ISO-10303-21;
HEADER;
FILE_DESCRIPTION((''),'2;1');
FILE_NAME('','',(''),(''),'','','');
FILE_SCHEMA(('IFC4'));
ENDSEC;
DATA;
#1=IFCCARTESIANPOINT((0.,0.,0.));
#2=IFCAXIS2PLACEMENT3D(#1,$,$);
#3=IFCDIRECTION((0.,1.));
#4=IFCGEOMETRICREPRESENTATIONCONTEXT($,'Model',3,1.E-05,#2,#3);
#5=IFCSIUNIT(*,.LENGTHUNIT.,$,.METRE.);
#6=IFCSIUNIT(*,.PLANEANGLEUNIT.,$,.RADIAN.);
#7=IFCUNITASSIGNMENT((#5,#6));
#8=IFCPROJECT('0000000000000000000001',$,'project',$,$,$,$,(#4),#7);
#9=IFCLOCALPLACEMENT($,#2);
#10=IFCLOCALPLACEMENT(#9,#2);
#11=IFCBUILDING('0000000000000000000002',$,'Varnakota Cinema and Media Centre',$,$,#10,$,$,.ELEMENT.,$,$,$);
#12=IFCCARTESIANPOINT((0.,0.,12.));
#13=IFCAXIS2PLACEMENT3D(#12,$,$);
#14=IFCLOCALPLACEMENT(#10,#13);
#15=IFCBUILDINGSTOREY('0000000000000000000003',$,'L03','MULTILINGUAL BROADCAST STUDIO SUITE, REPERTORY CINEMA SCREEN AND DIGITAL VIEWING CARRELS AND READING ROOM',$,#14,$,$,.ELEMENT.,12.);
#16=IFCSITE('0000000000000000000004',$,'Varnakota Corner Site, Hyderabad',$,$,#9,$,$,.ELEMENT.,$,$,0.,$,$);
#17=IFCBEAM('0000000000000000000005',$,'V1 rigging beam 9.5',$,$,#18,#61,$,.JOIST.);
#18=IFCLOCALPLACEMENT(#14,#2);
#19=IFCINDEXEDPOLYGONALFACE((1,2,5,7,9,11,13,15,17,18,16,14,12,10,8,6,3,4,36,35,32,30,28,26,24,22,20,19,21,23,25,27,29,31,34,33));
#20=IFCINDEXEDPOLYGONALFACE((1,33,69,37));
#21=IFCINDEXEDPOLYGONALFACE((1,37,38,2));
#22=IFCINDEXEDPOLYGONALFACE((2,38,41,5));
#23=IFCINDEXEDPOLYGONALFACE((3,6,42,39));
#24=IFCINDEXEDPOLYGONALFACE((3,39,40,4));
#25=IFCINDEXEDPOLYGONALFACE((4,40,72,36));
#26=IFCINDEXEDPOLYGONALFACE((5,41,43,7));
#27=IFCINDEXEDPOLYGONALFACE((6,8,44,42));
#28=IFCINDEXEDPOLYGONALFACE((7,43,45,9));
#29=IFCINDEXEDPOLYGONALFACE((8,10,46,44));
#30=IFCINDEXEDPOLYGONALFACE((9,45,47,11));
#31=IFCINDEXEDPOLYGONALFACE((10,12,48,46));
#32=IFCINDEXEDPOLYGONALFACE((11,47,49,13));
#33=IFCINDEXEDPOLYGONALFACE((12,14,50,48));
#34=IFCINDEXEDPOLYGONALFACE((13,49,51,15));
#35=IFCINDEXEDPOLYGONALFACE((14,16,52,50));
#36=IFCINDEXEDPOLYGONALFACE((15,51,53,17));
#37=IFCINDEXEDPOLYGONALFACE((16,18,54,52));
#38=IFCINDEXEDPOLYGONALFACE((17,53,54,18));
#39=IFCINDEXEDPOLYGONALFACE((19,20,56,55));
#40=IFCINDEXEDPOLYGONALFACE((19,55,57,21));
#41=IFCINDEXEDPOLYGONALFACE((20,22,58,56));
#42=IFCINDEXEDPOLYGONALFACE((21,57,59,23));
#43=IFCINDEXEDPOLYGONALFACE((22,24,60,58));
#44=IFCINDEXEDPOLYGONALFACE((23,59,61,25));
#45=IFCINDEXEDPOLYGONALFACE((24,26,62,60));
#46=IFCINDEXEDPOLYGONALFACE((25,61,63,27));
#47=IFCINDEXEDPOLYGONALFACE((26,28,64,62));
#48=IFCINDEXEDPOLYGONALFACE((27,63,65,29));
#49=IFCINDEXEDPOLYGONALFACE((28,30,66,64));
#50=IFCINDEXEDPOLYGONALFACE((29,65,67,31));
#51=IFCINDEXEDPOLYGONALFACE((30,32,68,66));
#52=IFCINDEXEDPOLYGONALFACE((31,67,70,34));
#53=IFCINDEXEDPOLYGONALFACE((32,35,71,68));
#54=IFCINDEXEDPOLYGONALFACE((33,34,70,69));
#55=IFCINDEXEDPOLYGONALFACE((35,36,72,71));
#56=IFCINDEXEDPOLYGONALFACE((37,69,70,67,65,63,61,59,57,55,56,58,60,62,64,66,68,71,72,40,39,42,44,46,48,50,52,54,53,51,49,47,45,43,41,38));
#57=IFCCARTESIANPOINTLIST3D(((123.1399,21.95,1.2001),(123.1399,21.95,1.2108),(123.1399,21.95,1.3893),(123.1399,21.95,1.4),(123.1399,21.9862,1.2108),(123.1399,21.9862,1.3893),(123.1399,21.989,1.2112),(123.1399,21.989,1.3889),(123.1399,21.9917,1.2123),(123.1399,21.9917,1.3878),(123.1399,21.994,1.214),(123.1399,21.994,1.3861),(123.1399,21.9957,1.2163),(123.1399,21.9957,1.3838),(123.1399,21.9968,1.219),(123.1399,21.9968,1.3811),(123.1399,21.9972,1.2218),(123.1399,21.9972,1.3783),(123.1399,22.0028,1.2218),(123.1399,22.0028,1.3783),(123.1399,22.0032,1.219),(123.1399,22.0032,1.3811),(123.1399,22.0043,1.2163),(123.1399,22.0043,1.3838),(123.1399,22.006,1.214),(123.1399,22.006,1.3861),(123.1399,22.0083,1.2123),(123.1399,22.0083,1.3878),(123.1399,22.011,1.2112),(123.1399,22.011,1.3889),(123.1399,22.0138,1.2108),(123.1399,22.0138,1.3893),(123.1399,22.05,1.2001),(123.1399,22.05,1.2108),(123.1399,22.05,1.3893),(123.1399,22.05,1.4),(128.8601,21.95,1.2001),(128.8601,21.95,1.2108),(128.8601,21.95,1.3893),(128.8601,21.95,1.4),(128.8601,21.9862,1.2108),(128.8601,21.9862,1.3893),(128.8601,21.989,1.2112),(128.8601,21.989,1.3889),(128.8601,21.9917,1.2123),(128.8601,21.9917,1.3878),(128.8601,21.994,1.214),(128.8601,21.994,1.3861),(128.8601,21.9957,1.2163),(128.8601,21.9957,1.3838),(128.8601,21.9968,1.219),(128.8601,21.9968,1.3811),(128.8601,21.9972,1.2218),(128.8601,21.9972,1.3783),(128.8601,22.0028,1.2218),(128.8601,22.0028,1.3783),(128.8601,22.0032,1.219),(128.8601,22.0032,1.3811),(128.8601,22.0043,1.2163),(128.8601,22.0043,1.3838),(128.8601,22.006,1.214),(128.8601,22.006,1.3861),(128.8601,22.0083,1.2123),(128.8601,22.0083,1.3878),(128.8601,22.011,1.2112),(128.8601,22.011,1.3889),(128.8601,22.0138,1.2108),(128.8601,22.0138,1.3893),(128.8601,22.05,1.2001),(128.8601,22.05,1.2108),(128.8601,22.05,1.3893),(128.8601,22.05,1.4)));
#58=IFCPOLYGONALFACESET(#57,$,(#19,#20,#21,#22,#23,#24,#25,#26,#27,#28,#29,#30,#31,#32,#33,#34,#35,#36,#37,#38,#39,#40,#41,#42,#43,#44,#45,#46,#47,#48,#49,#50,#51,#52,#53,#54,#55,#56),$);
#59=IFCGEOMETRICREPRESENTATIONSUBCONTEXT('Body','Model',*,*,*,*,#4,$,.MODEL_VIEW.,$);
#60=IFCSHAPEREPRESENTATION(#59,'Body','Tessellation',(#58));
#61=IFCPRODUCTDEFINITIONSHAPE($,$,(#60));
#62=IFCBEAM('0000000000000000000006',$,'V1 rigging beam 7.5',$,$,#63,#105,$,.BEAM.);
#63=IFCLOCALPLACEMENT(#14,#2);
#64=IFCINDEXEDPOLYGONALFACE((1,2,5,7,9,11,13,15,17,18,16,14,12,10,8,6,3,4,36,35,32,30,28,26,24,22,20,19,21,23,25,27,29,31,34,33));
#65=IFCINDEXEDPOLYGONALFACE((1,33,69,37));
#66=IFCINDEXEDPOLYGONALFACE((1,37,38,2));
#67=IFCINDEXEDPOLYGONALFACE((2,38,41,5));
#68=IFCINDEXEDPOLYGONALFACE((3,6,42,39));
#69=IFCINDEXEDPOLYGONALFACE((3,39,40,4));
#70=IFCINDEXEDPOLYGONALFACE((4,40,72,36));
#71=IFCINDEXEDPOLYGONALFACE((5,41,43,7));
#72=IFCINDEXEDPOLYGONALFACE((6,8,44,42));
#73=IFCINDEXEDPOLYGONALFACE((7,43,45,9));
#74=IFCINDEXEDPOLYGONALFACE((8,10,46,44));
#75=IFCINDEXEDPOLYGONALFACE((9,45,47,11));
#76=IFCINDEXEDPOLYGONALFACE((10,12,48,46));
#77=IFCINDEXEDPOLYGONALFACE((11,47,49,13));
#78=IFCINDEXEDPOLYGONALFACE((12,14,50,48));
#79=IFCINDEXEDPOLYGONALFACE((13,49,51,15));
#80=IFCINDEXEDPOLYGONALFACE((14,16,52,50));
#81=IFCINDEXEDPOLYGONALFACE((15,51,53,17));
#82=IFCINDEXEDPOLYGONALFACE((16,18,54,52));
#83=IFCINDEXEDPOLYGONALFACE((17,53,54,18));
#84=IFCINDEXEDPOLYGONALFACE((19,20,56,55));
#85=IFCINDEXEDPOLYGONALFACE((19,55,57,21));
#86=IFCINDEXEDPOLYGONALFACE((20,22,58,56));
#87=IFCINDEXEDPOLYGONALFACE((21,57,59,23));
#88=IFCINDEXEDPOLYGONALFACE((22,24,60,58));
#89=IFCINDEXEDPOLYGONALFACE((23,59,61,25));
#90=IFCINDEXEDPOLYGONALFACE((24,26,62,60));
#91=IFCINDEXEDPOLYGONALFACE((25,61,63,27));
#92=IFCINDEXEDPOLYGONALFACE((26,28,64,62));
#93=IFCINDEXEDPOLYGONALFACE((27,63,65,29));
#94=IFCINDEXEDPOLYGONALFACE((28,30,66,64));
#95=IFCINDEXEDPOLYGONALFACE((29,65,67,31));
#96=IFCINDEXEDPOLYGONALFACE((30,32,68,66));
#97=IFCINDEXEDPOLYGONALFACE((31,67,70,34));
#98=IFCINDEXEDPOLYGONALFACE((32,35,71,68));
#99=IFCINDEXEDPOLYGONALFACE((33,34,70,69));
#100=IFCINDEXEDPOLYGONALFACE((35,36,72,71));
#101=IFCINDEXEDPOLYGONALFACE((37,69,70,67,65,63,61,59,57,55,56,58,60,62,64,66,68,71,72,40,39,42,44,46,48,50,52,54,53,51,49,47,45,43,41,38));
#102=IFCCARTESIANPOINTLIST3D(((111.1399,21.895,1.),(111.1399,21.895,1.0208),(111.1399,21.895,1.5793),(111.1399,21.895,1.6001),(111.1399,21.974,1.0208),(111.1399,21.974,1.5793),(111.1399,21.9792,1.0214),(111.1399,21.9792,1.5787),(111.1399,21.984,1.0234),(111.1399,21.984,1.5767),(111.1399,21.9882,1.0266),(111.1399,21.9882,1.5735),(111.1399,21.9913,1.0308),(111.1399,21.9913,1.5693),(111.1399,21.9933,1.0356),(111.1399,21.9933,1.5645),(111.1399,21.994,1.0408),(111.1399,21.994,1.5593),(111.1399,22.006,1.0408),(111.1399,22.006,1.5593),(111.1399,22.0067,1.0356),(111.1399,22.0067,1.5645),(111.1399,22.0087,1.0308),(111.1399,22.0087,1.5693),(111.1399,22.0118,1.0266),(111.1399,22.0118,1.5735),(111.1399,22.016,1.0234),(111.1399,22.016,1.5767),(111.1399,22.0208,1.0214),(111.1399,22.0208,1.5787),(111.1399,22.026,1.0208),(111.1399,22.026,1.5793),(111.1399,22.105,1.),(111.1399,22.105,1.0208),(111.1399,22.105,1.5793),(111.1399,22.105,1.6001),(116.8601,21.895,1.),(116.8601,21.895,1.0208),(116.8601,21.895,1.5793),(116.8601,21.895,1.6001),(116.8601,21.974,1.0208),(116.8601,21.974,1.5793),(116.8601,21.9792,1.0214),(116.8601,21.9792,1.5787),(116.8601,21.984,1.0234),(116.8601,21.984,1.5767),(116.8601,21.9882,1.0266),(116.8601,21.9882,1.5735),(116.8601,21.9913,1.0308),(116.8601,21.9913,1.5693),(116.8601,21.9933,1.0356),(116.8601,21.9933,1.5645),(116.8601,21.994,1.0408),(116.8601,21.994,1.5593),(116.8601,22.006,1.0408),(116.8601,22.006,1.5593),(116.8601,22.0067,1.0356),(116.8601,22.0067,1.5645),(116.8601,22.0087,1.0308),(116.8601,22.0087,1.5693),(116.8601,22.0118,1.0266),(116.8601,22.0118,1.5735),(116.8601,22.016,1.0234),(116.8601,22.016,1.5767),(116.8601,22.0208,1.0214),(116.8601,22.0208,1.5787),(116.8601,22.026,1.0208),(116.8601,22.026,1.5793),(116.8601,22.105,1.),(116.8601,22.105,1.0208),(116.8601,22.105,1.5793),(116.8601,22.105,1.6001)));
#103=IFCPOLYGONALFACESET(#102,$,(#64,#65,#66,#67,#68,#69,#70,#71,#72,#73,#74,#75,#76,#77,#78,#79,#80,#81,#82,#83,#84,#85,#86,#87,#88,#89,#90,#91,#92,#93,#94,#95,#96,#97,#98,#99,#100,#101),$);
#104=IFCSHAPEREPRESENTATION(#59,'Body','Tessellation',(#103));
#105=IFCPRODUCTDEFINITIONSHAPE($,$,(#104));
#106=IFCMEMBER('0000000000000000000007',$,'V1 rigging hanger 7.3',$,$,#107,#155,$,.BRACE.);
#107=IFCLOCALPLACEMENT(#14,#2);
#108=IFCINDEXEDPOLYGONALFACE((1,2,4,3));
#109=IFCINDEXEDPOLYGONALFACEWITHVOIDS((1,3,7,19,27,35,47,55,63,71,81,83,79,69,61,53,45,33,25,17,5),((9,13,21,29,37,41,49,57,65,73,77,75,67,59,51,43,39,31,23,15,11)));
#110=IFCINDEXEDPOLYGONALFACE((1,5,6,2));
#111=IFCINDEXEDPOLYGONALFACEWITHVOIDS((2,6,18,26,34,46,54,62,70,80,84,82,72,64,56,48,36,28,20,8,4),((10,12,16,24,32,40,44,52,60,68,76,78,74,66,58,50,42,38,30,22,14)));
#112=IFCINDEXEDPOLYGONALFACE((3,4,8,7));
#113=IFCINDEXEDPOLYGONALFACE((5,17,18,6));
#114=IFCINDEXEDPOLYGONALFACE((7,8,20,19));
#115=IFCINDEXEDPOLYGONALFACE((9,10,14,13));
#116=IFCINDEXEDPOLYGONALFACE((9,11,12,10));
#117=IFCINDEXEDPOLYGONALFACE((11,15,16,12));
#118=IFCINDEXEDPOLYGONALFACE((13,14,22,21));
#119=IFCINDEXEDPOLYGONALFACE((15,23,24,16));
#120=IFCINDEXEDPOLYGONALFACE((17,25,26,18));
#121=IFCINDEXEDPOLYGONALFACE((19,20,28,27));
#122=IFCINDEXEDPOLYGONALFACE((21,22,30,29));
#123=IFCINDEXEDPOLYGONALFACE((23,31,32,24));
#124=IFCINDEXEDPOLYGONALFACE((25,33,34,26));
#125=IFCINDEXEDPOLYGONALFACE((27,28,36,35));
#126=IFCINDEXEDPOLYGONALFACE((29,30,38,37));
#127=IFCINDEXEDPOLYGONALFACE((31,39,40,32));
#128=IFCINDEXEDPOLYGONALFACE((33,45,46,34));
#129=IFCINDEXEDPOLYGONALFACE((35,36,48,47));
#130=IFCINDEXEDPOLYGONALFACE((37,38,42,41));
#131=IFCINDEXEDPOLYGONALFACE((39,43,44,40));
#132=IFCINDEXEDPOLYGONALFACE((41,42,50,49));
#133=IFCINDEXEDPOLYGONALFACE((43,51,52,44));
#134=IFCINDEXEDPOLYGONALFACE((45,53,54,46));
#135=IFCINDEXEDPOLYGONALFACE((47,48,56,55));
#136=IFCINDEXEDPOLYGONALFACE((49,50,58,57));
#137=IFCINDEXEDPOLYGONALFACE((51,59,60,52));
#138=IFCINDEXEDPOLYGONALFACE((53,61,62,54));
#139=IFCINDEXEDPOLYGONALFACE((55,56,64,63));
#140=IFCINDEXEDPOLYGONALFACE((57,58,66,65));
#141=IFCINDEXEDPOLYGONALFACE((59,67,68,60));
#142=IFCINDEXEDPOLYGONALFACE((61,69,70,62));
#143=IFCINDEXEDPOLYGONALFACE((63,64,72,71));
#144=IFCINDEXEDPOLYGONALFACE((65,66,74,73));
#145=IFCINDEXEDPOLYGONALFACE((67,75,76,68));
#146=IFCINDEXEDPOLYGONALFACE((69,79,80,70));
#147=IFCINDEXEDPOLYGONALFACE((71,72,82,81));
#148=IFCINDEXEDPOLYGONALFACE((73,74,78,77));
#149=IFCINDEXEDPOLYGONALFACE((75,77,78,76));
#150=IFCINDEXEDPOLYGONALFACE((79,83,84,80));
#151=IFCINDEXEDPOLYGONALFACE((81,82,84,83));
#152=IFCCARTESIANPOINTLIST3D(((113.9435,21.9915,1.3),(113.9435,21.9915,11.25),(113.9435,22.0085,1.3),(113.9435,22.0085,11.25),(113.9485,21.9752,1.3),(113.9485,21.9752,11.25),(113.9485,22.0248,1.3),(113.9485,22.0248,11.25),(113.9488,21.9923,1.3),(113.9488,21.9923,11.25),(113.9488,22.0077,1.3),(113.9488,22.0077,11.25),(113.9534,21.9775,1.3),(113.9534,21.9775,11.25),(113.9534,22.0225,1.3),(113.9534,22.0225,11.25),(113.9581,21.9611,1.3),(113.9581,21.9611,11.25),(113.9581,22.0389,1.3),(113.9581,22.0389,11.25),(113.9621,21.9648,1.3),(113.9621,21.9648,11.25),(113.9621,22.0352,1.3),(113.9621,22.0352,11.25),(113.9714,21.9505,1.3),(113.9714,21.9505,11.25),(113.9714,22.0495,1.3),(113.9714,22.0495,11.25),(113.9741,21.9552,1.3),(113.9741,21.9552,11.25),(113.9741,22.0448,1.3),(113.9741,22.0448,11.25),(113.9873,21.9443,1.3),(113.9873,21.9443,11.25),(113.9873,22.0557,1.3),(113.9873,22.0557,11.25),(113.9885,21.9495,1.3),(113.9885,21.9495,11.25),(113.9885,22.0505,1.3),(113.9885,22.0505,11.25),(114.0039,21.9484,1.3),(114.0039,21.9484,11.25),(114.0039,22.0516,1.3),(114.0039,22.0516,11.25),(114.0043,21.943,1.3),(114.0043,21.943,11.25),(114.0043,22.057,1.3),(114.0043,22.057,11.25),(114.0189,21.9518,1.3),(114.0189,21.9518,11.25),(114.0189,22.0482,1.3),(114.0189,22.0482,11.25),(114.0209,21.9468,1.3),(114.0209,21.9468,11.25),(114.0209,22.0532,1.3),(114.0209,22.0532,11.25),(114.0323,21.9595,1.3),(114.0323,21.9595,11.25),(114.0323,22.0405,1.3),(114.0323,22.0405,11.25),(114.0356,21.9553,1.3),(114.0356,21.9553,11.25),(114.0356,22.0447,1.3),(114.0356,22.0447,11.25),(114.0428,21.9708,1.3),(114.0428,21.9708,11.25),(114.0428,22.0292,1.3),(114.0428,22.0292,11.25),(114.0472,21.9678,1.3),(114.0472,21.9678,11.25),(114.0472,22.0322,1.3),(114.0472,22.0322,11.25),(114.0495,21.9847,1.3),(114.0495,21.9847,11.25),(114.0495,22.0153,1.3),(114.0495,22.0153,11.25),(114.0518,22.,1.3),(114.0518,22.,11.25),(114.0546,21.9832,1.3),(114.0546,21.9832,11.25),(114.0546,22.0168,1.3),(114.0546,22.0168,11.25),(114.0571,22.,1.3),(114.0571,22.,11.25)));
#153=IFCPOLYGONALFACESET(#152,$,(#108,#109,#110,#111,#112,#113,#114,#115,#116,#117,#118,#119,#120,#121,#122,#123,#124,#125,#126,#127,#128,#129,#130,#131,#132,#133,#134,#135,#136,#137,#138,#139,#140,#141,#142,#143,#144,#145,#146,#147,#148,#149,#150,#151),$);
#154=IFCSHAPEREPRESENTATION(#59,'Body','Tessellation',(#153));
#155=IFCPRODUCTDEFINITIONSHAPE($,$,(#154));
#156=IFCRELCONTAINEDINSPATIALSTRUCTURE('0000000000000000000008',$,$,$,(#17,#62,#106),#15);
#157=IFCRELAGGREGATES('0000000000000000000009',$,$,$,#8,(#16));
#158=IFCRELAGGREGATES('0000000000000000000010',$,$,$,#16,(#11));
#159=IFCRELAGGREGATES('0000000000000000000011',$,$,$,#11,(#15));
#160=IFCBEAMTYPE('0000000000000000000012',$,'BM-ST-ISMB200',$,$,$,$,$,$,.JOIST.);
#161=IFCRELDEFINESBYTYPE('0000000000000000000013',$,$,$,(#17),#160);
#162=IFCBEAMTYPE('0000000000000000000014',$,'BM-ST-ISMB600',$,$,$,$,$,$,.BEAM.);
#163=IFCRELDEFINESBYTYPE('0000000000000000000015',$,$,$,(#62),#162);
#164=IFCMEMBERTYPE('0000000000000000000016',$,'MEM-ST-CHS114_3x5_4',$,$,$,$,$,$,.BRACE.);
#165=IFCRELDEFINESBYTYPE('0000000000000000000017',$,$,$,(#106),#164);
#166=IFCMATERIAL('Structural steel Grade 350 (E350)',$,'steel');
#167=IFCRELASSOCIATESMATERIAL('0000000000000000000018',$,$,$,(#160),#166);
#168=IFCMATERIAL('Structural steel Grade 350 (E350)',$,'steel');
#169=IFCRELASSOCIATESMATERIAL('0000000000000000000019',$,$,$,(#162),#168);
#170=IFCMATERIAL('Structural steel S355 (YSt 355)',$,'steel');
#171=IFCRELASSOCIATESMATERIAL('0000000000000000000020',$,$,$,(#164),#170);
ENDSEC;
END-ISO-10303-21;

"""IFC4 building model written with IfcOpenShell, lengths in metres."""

from ifc_helpers import new_model, si_unit, direction, frame, origin, origin_2d, place, context, subcontext, project, spatial, hollow_circle, i_section, extrude, material, material_profile, profile_set, type_object, element, save


model = new_model("IFC4")

# Units and contexts
model_context = context("Model", 3, precision=1e-05, world=origin(), true_north=direction((0.0, 1.0)))
body_context = subcontext(model_context, "Body", "Model", "MODEL_VIEW")
ifc_project = project(units=[si_unit("LENGTHUNIT", "METRE"), si_unit("PLANEANGLEUNIT", "RADIAN")], contexts=[model_context])

# Site, building, storey
site_placement = place(None, origin())
site = spatial("IfcSite", under=ifc_project, at=site_placement, Name="Varnakota Corner Site, Hyderabad", CompositionType="ELEMENT", RefElevation=0.0)
building_placement = place(site_placement, origin())
building = spatial("IfcBuilding", under=site, at=building_placement, Name="Varnakota Cinema and Media Centre", CompositionType="ELEMENT")
storey_placement = place(building_placement, frame((0.0, 0.0, 12.0)))
storey = spatial("IfcBuildingStorey", under=building, at=storey_placement, Name="L03", Description="MULTILINGUAL BROADCAST STUDIO SUITE, REPERTORY CINEMA SCREEN AND DIGITAL VIEWING CARRELS AND READING ROOM", CompositionType="ELEMENT", Elevation=12.0)

# Beams
ifc_material_1 = material(Name="Structural steel Grade 350 (E350)", Category="steel")
ifc_material_profile_1 = material_profile(ifc_material_1, i_section(OverallWidth=0.1001, OverallDepth=0.2, WebThickness=0.0056, FlangeThickness=0.0107, FilletRadius=0.011, at=origin_2d()), Name="ISMB 200")
ifc_profile_set_1 = profile_set([ifc_material_profile_1], Name="Structural steel Grade 350 (E350)")
beam_type_1 = type_object("IfcBeamType", Name="BM-ST-ISMB200", PredefinedType="JOIST", material=ifc_profile_set_1)
for number, where, z_axis, x_axis, name in (
    (1, (123.1399, 22.0, 1.3), (1.0, 0.0, 0.0), (0.0, 1.0, 0.0), "V1 rigging beam 9.5"),
):
    element("IfcBeam", number, at=place(storey_placement, frame(where, z_axis=z_axis, x_axis=x_axis)), inside=storey, type_object=beam_type_1, Name=name, PredefinedType="JOIST", context=body_context, shape_type="SweptSolid", body=[
        extrude(i_section(OverallWidth=0.1001, OverallDepth=0.2, WebThickness=0.0056, FlangeThickness=0.0107, FilletRadius=0.011, at=origin_2d()), origin(), (0.0, 0.0, 1.0), 5.7202),
    ])
ifc_material_2 = material(Name="Structural steel Grade 350 (E350)", Category="steel")
ifc_material_profile_2 = material_profile(ifc_material_2, i_section(OverallWidth=0.21, OverallDepth=0.6001, WebThickness=0.012, FlangeThickness=0.0208, FilletRadius=0.02, at=origin_2d()), Name="ISMB 600")
ifc_profile_set_2 = profile_set([ifc_material_profile_2], Name="Structural steel Grade 350 (E350)")
beam_type_2 = type_object("IfcBeamType", Name="BM-ST-ISMB600", PredefinedType="BEAM", material=ifc_profile_set_2)
beam_placement = place(storey_placement, frame((111.1399, 22.0, 1.3), z_axis=(1.0, 0.0, 0.0), x_axis=(0.0, 1.0, 0.0)))
element("IfcBeam", 2, at=beam_placement, inside=storey, type_object=beam_type_2, Name="V1 rigging beam 7.5", PredefinedType="BEAM", context=body_context, shape_type="SweptSolid", body=[
    extrude(i_section(OverallWidth=0.21, OverallDepth=0.6001, WebThickness=0.012, FlangeThickness=0.0208, FilletRadius=0.02, at=origin_2d()), origin(), (0.0, 0.0, 1.0), 5.7202),
])

# Member
ifc_material_3 = material(Name="Structural steel S355 (YSt 355)", Category="steel")
ifc_material_profile_3 = material_profile(ifc_material_3, hollow_circle(Radius=0.0571, WallThickness=0.0054, at=origin_2d()), Name="CHS 114.3x5.4")
ifc_profile_set_3 = profile_set([ifc_material_profile_3], Name="Structural steel S355 (YSt 355)")
member_type_1 = type_object("IfcMemberType", Name="MEM-ST-CHS114_3x5_4", PredefinedType="BRACE", material=ifc_profile_set_3)
for number, where, z_axis, x_axis, name in (
    (3, (114.0, 22.0, 1.3), (0.0, 0.0, 1.0), (1.0, 0.0, 0.0), "V1 rigging hanger 7.3"),
):
    element("IfcMember", number, at=place(storey_placement, frame(where, z_axis=z_axis, x_axis=x_axis)), inside=storey, type_object=member_type_1, Name=name, PredefinedType="BRACE", context=body_context, shape_type="SweptSolid", body=[
        extrude(hollow_circle(Radius=0.0571, WallThickness=0.0054, at=origin_2d()), origin(), (0.0, 0.0, 1.0), 9.95),
    ])

save(model, "model.ifc")
